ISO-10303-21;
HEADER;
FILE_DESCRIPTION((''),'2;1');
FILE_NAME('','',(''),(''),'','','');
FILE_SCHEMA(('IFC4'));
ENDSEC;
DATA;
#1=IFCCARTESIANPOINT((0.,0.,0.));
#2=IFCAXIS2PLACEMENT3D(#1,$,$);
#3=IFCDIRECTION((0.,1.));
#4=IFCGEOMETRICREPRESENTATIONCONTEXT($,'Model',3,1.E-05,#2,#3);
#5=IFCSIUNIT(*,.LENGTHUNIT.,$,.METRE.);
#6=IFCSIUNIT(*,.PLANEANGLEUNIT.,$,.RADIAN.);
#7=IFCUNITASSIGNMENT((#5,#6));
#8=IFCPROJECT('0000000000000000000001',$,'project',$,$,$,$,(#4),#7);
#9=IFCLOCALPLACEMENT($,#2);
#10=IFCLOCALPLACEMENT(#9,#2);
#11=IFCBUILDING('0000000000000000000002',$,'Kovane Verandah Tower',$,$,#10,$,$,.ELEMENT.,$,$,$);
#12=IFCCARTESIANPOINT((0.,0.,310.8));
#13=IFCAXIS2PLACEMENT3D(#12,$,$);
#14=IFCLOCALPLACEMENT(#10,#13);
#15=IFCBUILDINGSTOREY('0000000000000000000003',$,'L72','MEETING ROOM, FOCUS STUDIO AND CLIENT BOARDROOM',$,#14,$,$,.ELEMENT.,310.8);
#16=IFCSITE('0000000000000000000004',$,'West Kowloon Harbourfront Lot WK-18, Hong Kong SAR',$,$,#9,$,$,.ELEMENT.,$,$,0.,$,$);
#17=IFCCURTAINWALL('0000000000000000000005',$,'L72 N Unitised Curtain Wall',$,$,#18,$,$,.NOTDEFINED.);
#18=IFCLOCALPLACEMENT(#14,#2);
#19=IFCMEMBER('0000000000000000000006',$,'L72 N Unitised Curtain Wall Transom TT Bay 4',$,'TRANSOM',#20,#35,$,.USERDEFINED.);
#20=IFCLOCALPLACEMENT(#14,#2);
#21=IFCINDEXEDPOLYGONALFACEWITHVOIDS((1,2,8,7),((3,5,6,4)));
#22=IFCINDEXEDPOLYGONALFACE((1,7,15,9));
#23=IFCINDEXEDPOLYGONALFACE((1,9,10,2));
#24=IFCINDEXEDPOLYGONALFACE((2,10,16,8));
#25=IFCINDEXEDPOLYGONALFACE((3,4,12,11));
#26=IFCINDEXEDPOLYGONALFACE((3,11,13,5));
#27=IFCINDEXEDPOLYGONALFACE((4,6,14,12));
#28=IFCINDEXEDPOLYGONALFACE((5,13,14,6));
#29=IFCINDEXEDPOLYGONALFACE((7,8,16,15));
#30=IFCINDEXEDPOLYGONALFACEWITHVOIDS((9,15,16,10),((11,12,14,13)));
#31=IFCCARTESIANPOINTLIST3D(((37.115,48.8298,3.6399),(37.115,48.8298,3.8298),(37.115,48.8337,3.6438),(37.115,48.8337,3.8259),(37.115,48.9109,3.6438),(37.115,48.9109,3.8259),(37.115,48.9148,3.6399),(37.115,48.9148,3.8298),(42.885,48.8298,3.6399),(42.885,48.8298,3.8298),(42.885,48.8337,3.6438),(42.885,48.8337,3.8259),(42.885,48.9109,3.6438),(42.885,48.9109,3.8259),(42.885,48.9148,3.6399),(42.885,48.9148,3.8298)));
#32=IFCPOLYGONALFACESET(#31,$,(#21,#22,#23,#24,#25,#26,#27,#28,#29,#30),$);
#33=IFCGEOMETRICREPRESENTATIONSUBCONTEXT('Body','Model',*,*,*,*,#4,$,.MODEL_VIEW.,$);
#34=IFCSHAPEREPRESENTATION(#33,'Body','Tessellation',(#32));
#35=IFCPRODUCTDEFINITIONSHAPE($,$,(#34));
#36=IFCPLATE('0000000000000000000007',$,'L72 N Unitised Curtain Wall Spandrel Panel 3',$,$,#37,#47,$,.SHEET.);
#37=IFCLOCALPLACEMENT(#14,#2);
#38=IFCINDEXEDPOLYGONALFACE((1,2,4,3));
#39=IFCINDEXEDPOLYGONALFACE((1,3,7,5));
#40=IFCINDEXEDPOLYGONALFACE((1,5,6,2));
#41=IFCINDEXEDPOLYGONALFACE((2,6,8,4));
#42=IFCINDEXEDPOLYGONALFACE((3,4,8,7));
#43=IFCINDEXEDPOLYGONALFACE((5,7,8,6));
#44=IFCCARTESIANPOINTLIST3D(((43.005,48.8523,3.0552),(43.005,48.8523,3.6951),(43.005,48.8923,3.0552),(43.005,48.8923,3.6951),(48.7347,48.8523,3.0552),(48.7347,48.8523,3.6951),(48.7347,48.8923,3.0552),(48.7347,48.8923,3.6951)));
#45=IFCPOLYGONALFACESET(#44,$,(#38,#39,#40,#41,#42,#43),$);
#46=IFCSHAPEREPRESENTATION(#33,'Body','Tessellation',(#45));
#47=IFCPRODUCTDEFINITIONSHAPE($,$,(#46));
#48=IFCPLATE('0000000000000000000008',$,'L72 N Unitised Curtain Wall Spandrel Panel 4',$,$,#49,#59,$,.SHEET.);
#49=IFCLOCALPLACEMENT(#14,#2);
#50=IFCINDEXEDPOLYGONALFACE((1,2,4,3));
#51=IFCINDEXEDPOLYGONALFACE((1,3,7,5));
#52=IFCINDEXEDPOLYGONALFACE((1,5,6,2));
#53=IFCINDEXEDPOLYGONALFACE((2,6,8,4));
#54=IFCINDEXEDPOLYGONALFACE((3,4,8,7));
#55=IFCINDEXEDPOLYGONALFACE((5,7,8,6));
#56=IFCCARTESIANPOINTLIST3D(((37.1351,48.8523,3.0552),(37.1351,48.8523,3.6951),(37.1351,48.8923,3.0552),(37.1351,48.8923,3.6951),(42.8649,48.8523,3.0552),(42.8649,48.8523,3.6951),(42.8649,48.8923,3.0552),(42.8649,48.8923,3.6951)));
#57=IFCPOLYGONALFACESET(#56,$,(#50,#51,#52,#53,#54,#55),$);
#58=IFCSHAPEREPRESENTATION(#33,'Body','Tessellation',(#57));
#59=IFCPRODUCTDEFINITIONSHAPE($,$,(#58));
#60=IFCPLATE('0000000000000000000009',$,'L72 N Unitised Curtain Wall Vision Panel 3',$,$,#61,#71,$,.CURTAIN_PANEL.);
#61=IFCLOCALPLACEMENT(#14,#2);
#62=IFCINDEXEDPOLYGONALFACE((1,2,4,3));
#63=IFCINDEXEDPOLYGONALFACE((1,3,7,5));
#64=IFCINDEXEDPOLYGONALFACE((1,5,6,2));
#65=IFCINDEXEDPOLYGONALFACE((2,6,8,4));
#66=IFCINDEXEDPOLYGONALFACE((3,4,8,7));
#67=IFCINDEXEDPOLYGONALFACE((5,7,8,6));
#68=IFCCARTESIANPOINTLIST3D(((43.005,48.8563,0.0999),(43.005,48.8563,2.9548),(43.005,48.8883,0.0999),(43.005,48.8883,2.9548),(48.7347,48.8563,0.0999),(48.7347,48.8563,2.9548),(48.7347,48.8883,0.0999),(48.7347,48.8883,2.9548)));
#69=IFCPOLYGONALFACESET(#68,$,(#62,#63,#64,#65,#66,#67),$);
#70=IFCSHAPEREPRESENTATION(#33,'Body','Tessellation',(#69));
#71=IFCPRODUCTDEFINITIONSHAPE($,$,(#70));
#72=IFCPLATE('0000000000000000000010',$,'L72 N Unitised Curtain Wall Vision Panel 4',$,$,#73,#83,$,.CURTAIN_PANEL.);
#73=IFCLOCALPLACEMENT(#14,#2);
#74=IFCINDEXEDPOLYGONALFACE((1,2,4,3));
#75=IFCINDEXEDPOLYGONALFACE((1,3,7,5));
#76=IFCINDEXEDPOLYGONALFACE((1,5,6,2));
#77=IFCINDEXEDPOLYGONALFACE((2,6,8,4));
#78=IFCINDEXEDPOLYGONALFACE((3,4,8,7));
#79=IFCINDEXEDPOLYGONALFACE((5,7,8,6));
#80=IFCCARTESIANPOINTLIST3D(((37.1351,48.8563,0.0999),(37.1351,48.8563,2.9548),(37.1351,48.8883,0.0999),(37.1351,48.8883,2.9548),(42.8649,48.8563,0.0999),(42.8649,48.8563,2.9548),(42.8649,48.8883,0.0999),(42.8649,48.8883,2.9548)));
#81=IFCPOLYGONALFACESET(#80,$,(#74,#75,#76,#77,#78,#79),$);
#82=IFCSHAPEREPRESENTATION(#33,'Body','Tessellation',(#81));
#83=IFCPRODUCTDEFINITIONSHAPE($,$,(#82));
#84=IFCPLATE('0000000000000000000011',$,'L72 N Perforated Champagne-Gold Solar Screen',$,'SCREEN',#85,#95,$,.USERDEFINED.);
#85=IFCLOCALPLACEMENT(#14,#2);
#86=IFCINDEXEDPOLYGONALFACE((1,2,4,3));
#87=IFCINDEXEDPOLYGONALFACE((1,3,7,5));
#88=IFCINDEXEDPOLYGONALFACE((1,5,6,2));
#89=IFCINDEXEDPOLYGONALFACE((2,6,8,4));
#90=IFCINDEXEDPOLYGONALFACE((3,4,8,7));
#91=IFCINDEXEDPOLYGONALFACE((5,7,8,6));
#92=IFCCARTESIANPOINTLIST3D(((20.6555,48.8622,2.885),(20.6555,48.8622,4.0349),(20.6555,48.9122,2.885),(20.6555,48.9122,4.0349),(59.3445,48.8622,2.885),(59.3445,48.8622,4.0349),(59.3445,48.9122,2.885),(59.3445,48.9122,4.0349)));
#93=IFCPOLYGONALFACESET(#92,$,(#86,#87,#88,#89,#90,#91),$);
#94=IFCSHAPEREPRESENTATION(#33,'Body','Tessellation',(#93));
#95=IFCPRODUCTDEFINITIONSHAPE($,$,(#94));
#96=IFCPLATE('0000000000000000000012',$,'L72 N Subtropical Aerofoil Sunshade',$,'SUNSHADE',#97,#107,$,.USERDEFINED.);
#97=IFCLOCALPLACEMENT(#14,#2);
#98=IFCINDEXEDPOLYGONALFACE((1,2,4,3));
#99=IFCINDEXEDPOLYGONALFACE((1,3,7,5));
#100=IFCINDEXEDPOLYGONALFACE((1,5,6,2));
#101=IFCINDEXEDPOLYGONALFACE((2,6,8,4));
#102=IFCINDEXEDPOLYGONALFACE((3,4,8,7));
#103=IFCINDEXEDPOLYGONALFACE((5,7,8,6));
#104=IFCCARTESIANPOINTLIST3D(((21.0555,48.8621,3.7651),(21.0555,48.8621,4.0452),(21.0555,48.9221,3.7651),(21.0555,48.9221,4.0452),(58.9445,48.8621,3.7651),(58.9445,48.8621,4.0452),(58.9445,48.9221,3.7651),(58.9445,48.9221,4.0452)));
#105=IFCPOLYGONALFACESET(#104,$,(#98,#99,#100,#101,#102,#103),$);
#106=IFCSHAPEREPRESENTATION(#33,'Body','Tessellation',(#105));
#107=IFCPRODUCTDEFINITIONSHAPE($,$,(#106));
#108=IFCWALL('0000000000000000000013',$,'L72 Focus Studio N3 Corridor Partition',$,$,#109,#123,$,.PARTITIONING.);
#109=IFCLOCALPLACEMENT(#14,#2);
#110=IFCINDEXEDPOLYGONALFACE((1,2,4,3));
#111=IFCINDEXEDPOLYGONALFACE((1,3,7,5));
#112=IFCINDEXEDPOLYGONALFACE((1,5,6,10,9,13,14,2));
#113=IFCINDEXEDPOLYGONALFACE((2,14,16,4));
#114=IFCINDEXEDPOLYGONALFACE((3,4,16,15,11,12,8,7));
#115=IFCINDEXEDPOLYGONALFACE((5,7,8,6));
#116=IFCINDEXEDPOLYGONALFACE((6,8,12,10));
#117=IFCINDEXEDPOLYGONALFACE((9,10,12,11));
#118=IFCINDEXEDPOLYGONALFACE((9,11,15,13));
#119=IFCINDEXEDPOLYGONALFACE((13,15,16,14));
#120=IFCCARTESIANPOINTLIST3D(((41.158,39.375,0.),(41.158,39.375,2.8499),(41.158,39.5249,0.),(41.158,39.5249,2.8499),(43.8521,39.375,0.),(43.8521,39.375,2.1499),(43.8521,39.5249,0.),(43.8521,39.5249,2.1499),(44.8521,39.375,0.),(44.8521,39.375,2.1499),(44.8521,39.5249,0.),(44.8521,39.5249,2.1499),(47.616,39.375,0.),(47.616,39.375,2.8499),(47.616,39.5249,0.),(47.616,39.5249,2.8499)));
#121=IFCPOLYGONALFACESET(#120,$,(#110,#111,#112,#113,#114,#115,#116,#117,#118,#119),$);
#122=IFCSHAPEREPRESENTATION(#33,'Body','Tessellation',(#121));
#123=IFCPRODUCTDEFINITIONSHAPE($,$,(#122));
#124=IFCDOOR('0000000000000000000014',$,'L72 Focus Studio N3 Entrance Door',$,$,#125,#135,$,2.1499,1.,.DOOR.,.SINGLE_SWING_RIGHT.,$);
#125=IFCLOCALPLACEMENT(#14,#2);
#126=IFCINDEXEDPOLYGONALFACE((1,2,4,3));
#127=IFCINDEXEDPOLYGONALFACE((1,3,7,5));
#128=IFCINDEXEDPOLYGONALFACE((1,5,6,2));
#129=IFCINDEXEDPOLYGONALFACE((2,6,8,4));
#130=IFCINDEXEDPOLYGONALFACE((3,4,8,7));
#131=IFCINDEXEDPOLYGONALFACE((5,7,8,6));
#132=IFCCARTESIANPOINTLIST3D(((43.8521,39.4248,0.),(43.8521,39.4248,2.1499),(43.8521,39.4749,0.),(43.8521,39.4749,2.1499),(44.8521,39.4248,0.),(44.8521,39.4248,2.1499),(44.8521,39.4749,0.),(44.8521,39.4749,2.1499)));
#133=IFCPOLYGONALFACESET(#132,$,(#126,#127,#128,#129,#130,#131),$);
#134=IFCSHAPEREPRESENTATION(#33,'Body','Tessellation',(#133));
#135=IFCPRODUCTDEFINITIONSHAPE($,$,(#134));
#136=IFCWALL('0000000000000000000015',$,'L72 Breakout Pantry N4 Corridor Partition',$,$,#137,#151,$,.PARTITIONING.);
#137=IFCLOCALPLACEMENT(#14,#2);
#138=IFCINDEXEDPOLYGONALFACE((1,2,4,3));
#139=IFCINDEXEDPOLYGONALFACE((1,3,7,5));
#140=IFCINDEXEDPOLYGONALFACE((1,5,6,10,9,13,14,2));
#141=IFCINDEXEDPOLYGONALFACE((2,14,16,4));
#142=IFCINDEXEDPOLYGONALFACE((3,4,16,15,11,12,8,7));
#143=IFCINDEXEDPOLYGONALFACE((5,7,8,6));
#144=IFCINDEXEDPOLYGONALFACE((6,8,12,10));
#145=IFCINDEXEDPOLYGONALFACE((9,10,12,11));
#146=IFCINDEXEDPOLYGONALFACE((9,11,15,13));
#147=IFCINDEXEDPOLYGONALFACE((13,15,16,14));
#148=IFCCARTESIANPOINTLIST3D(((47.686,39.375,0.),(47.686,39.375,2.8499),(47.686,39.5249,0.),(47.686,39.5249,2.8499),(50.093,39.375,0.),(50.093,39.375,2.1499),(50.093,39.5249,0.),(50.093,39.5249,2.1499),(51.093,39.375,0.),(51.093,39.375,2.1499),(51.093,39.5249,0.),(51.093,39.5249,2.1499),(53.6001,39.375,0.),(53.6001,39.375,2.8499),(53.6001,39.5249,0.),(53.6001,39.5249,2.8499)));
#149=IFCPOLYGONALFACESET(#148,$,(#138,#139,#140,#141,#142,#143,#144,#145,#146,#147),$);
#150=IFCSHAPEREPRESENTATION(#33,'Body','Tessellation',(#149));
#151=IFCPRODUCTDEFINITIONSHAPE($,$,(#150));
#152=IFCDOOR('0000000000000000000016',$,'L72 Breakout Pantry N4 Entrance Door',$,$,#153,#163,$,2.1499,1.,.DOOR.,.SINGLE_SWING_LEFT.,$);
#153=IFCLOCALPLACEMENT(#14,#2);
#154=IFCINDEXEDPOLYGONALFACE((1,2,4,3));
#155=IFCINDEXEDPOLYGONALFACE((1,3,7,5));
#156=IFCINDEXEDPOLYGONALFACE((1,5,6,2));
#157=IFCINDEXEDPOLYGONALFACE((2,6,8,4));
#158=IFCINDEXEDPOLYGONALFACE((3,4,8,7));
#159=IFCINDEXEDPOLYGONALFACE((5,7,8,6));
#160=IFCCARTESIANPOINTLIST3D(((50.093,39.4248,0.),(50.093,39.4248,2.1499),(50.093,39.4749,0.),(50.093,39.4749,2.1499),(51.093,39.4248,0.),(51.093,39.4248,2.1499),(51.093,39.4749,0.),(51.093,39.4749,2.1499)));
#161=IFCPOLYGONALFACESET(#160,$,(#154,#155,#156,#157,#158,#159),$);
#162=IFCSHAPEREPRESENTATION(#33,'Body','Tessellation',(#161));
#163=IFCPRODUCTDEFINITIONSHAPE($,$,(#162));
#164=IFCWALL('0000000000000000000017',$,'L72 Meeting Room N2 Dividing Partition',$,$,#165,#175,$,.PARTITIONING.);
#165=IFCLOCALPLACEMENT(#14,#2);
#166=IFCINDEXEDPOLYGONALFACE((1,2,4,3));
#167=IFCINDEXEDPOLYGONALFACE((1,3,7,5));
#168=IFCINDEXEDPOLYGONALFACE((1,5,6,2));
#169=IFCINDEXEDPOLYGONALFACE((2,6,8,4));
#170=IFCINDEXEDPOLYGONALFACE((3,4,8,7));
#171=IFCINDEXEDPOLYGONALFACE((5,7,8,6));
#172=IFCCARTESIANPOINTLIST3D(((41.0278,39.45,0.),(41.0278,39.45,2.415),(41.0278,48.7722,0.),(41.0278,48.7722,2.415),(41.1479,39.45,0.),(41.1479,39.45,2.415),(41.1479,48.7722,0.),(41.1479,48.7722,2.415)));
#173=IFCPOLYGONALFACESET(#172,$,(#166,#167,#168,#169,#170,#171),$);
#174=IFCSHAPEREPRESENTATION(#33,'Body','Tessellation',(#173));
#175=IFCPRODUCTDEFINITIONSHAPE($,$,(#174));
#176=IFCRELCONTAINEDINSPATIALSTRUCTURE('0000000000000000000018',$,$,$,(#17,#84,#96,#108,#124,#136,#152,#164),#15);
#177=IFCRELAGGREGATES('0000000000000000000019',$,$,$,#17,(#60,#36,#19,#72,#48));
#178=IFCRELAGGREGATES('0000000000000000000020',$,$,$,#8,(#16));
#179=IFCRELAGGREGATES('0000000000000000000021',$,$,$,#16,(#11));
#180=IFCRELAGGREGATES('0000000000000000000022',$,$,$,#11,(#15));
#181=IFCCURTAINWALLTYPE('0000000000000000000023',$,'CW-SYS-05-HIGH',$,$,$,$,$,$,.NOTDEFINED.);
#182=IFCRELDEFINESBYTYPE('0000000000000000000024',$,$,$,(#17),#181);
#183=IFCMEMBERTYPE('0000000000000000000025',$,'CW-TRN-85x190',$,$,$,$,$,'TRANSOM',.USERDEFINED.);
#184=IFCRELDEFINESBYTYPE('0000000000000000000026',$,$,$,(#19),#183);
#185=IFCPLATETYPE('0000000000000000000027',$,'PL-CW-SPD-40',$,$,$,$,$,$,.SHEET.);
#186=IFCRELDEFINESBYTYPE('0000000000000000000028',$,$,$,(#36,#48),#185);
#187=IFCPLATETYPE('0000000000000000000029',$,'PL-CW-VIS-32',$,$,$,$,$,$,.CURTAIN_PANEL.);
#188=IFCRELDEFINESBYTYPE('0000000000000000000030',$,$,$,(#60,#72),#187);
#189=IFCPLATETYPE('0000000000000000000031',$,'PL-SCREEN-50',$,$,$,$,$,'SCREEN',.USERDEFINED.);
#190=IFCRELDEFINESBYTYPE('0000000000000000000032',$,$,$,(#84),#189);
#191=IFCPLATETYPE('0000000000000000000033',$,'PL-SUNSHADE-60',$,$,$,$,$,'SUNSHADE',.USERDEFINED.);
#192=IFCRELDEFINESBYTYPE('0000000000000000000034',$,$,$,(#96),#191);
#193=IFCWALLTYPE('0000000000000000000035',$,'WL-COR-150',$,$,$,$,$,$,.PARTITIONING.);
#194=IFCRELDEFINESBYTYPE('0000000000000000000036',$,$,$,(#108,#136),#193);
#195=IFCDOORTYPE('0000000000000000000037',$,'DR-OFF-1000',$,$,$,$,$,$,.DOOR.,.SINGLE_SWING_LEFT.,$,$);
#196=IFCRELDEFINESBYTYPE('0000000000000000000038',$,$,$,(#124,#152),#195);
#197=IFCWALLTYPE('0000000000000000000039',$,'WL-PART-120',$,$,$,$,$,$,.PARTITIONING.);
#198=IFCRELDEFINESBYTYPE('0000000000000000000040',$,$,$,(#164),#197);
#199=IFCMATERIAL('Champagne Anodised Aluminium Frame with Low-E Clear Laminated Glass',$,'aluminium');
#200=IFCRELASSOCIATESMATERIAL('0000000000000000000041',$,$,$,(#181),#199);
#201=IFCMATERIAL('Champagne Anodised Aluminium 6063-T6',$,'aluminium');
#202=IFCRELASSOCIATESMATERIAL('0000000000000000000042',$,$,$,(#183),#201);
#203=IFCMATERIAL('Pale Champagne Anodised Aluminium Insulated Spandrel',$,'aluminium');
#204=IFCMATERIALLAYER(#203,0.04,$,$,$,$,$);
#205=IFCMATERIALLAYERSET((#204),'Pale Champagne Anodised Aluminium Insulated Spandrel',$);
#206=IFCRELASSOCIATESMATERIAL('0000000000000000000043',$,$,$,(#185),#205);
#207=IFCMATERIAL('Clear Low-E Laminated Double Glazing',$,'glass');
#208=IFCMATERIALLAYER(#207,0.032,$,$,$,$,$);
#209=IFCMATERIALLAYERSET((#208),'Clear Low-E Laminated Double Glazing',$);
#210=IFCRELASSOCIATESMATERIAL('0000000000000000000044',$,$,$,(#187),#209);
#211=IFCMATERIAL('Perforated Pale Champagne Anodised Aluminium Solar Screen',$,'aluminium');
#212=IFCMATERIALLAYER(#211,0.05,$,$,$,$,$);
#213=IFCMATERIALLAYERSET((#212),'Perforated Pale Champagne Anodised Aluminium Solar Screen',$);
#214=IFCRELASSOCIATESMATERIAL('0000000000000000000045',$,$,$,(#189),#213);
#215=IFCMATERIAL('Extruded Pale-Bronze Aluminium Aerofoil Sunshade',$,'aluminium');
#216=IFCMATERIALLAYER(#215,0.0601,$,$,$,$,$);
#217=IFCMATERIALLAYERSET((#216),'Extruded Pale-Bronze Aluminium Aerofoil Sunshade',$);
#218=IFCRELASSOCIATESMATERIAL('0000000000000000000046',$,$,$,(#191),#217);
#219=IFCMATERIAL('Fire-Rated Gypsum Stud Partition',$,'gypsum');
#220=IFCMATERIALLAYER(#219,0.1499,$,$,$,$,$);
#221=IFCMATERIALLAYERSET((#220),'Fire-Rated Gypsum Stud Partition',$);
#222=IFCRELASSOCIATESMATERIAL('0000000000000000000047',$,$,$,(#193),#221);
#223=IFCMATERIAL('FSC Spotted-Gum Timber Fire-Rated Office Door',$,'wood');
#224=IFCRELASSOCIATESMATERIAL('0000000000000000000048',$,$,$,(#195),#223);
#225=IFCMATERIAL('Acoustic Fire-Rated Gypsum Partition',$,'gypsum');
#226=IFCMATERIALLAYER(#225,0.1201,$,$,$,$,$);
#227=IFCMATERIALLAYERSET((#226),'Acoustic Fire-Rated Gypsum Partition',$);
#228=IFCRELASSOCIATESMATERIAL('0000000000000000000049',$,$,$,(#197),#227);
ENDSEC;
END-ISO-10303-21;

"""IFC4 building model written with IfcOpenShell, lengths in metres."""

from ifc_helpers import new_model, si_unit, direction, frame, frame_2d, origin, origin_2d, place, context, subcontext, project, spatial, rectangle, hollow_rectangle, extrude, material, layer, layer_set, material_profile, profile_set, type_object, element, fill, aggregate, save


model = new_model("IFC4")

# Units and contexts
model_context = context("Model", 3, precision=1e-05, world=origin(), true_north=direction((0.0, 1.0)))
body_context = subcontext(model_context, "Body", "Model", "MODEL_VIEW")
ifc_project = project(units=[si_unit("LENGTHUNIT", "METRE"), si_unit("PLANEANGLEUNIT", "RADIAN")], contexts=[model_context])

# Site, building, storey
site_placement = place(None, origin())
site = spatial("IfcSite", under=ifc_project, at=site_placement, Name="West Kowloon Harbourfront Lot WK-18, Hong Kong SAR", CompositionType="ELEMENT", RefElevation=0.0)
building_placement = place(site_placement, origin())
building = spatial("IfcBuilding", under=site, at=building_placement, Name="Kovane Verandah Tower", CompositionType="ELEMENT")
storey_placement = place(building_placement, frame((0.0, 0.0, 310.8)))
storey = spatial("IfcBuildingStorey", under=building, at=storey_placement, Name="L72", Description="MEETING ROOM, FOCUS STUDIO AND CLIENT BOARDROOM", CompositionType="ELEMENT", Elevation=310.8)

# Curtain wall, member, plates
ifc_material_1 = material(Name="Champagne Anodised Aluminium Frame with Low-E Clear Laminated Glass", Category="aluminium")
curtain_wall_type = type_object("IfcCurtainWallType", Name="CW-SYS-05-HIGH", PredefinedType="NOTDEFINED", material=ifc_material_1)
curtain_wall_placement = place(storey_placement, origin())
curtain_wall = element("IfcCurtainWall", 1, at=curtain_wall_placement, inside=storey, type_object=curtain_wall_type, Name="L72 N Unitised Curtain Wall", PredefinedType="NOTDEFINED")
ifc_material_2 = material(Name="Champagne Anodised Aluminium 6063-T6", Category="aluminium")
ifc_material_profile_1 = material_profile(ifc_material_2, hollow_rectangle(XDim=0.085, YDim=0.1899, WallThickness=0.0039, at=origin_2d()), Name="AL85x190x4")
ifc_profile_set_1 = profile_set([ifc_material_profile_1], Name="Champagne Anodised Aluminium 6063-T6")
member_type_1 = type_object("IfcMemberType", Name="CW-TRN-85x190", ElementType="TRANSOM", PredefinedType="USERDEFINED", material=ifc_profile_set_1)
member_1_placement = place(storey_placement, frame((42.885, 48.8723, 3.7349), z_axis=(-1.0, 0.0, 0.0), x_axis=(0.0, -1.0, 0.0)))
member_1 = element("IfcMember", 2, at=member_1_placement, type_object=member_type_1, Name="L72 N Unitised Curtain Wall Transom TT Bay 4", ObjectType="TRANSOM", PredefinedType="USERDEFINED", context=body_context, shape_type="SweptSolid", body=[
    extrude(hollow_rectangle(XDim=0.085, YDim=0.1899, WallThickness=0.0039, at=origin_2d()), origin(), (0.0, 0.0, 1.0), 5.77),
])
ifc_material_3 = material(Name="Pale Champagne Anodised Aluminium Insulated Spandrel", Category="aluminium")
ifc_layer_1 = layer(ifc_material_3, 0.04)
ifc_layer_set_1 = layer_set([ifc_layer_1], Name="Pale Champagne Anodised Aluminium Insulated Spandrel")
plate_type_1 = type_object("IfcPlateType", Name="PL-CW-SPD-40", PredefinedType="SHEET", material=ifc_layer_set_1)
plate_1_placement = place(storey_placement, frame((45.8699, 48.8723, 3.0552), z_axis=(0.0, 0.0, 1.0), x_axis=(-1.0, 0.0, 0.0)))
plate_1 = element("IfcPlate", 3, at=plate_1_placement, type_object=plate_type_1, Name="L72 N Unitised Curtain Wall Spandrel Panel 3", PredefinedType="SHEET", context=body_context, shape_type="SweptSolid", body=[
    extrude(rectangle(XDim=5.7297, YDim=0.04, at=origin_2d()), origin(), (0.0, 0.0, 1.0), 0.6399),
])
plate_2_placement = place(storey_placement, frame((40.0, 48.8723, 3.0552), z_axis=(0.0, 0.0, 1.0), x_axis=(-1.0, 0.0, 0.0)))
plate_2 = element("IfcPlate", 4, at=plate_2_placement, type_object=plate_type_1, Name="L72 N Unitised Curtain Wall Spandrel Panel 4", PredefinedType="SHEET", context=body_context, shape_type="SweptSolid", body=[
    extrude(rectangle(XDim=5.7297, YDim=0.04, at=origin_2d()), origin(), (0.0, 0.0, 1.0), 0.6399),
])
ifc_material_4 = material(Name="Clear Low-E Laminated Double Glazing", Category="glass")
ifc_layer_2 = layer(ifc_material_4, 0.032)
ifc_layer_set_2 = layer_set([ifc_layer_2], Name="Clear Low-E Laminated Double Glazing")
plate_type_2 = type_object("IfcPlateType", Name="PL-CW-VIS-32", PredefinedType="CURTAIN_PANEL", material=ifc_layer_set_2)
plate_3_placement = place(storey_placement, frame((45.8699, 48.8723, 0.0999), z_axis=(0.0, 0.0, 1.0), x_axis=(-1.0, 0.0, 0.0)))
plate_3 = element("IfcPlate", 5, at=plate_3_placement, type_object=plate_type_2, Name="L72 N Unitised Curtain Wall Vision Panel 3", PredefinedType="CURTAIN_PANEL", context=body_context, shape_type="SweptSolid", body=[
    extrude(rectangle(XDim=5.7297, YDim=0.032, at=origin_2d()), origin(), (0.0, 0.0, 1.0), 2.855),
])
plate_4_placement = place(storey_placement, frame((40.0, 48.8723, 0.0999), z_axis=(0.0, 0.0, 1.0), x_axis=(-1.0, 0.0, 0.0)))
plate_4 = element("IfcPlate", 6, at=plate_4_placement, type_object=plate_type_2, Name="L72 N Unitised Curtain Wall Vision Panel 4", PredefinedType="CURTAIN_PANEL", context=body_context, shape_type="SweptSolid", body=[
    extrude(rectangle(XDim=5.7297, YDim=0.032, at=origin_2d()), origin(), (0.0, 0.0, 1.0), 2.855),
])
aggregate(curtain_wall, [plate_3, plate_1, member_1, plate_4, plate_2])

# Plates
ifc_material_5 = material(Name="Perforated Pale Champagne Anodised Aluminium Solar Screen", Category="aluminium")
ifc_layer_3 = layer(ifc_material_5, 0.05)
ifc_layer_set_3 = layer_set([ifc_layer_3], Name="Perforated Pale Champagne Anodised Aluminium Solar Screen")
plate_type_3 = type_object("IfcPlateType", Name="PL-SCREEN-50", ElementType="SCREEN", PredefinedType="USERDEFINED", material=ifc_layer_set_3)
plate_5_placement = place(storey_placement, frame((40.0, 48.8872, 2.885), z_axis=(0.0, 0.0, 1.0), x_axis=(-1.0, 0.0, 0.0)))
element("IfcPlate", 7, at=plate_5_placement, inside=storey, type_object=plate_type_3, Name="L72 N Perforated Champagne-Gold Solar Screen", ObjectType="SCREEN", PredefinedType="USERDEFINED", context=body_context, shape_type="SweptSolid", body=[
    extrude(rectangle(XDim=38.689, YDim=0.05, at=origin_2d()), origin(), (0.0, 0.0, 1.0), 1.1499),
])
ifc_material_6 = material(Name="Extruded Pale-Bronze Aluminium Aerofoil Sunshade", Category="aluminium")
ifc_layer_4 = layer(ifc_material_6, 0.0601)
ifc_layer_set_4 = layer_set([ifc_layer_4], Name="Extruded Pale-Bronze Aluminium Aerofoil Sunshade")
plate_type_4 = type_object("IfcPlateType", Name="PL-SUNSHADE-60", ElementType="SUNSHADE", PredefinedType="USERDEFINED", material=ifc_layer_set_4)
plate_6_placement = place(storey_placement, frame((40.0, 48.8921, 3.7651), z_axis=(0.0, 0.0, 1.0), x_axis=(-1.0, 0.0, 0.0)))
element("IfcPlate", 8, at=plate_6_placement, inside=storey, type_object=plate_type_4, Name="L72 N Subtropical Aerofoil Sunshade", ObjectType="SUNSHADE", PredefinedType="USERDEFINED", context=body_context, shape_type="SweptSolid", body=[
    extrude(rectangle(XDim=37.8889, YDim=0.0601, at=origin_2d()), origin(), (0.0, 0.0, 1.0), 0.28),
])

# Walls, openings, doors
ifc_material_7 = material(Name="Fire-Rated Gypsum Stud Partition", Category="gypsum")
ifc_layer_5 = layer(ifc_material_7, 0.1499)
ifc_layer_set_5 = layer_set([ifc_layer_5], Name="Fire-Rated Gypsum Stud Partition")
wall_type_1 = type_object("IfcWallType", Name="WL-COR-150", PredefinedType="PARTITIONING", material=ifc_layer_set_5)
wall_1_placement = place(storey_placement, frame((41.158, 39.45, 0.0), z_axis=(0.0, 0.0, 1.0), x_axis=(1.0, 0.0, 0.0)))
wall_1 = element("IfcWall", 9, at=wall_1_placement, inside=storey, type_object=wall_type_1, Name="L72 Focus Studio N3 Corridor Partition", PredefinedType="PARTITIONING", context=body_context, shape_type="SweptSolid", body=[
    extrude(rectangle(XDim=6.458, YDim=0.1499, at=frame_2d((3.229, 0.0))), origin(), (0.0, 0.0, 1.0), 2.8499),
])
opening_1_placement = place(wall_1_placement, frame((2.6941, 0.0, 0.0)))
opening_1 = element("IfcOpeningElement", 10, at=opening_1_placement, cuts=wall_1, PredefinedType="OPENING", context=body_context, shape_type="SweptSolid", body=[
    extrude(rectangle(XDim=1.0, YDim=2.1499, at=frame_2d((0.5, 1.075))), frame((0.0, 0.075, 0.0), z_axis=(0.0, -1.0, 0.0), x_axis=(1.0, 0.0, 0.0)), (0.0, 0.0, 1.0), 0.1499),
])
ifc_material_8 = material(Name="FSC Spotted-Gum Timber Fire-Rated Office Door", Category="wood")
door_type = type_object("IfcDoorType", Name="DR-OFF-1000", OperationType="SINGLE_SWING_LEFT", PredefinedType="DOOR", material=ifc_material_8)
door_1_placement = place(opening_1_placement, origin())
door_1 = element("IfcDoor", 11, at=door_1_placement, inside=storey, type_object=door_type, Name="L72 Focus Studio N3 Entrance Door", OperationType="SINGLE_SWING_RIGHT", OverallHeight=2.1499, OverallWidth=1.0, PredefinedType="DOOR", context=body_context, shape_type="SweptSolid", body=[
    extrude(rectangle(XDim=1.0, YDim=2.1499, at=frame_2d((0.5, 1.075))), frame((0.0, 0.0249, 0.0), z_axis=(0.0, -1.0, 0.0), x_axis=(1.0, 0.0, 0.0)), (0.0, 0.0, 1.0), 0.05),
])
fill(opening_1, door_1)
wall_2_placement = place(storey_placement, frame((47.686, 39.45, 0.0), z_axis=(0.0, 0.0, 1.0), x_axis=(1.0, 0.0, 0.0)))
wall_2 = element("IfcWall", 12, at=wall_2_placement, inside=storey, type_object=wall_type_1, Name="L72 Breakout Pantry N4 Corridor Partition", PredefinedType="PARTITIONING", context=body_context, shape_type="SweptSolid", body=[
    extrude(rectangle(XDim=5.9141, YDim=0.1499, at=frame_2d((2.957, 0.0))), origin(), (0.0, 0.0, 1.0), 2.8499),
])
opening_2_placement = place(wall_2_placement, frame((2.407, 0.0, 0.0)))
opening_2 = element("IfcOpeningElement", 13, at=opening_2_placement, cuts=wall_2, PredefinedType="OPENING", context=body_context, shape_type="SweptSolid", body=[
    extrude(rectangle(XDim=1.0, YDim=2.1499, at=frame_2d((0.5, 1.075))), frame((0.0, 0.075, 0.0), z_axis=(0.0, -1.0, 0.0), x_axis=(1.0, 0.0, 0.0)), (0.0, 0.0, 1.0), 0.1499),
])
door_2_placement = place(opening_2_placement, origin())
door_2 = element("IfcDoor", 14, at=door_2_placement, inside=storey, type_object=door_type, Name="L72 Breakout Pantry N4 Entrance Door", OperationType="SINGLE_SWING_LEFT", OverallHeight=2.1499, OverallWidth=1.0, PredefinedType="DOOR", context=body_context, shape_type="SweptSolid", body=[
    extrude(rectangle(XDim=1.0, YDim=2.1499, at=frame_2d((0.5, 1.075))), frame((0.0, 0.0249, 0.0), z_axis=(0.0, -1.0, 0.0), x_axis=(1.0, 0.0, 0.0)), (0.0, 0.0, 1.0), 0.05),
])
fill(opening_2, door_2)

# Wall
ifc_material_9 = material(Name="Acoustic Fire-Rated Gypsum Partition", Category="gypsum")
ifc_layer_6 = layer(ifc_material_9, 0.1201)
ifc_layer_set_6 = layer_set([ifc_layer_6], Name="Acoustic Fire-Rated Gypsum Partition")
wall_type_2 = type_object("IfcWallType", Name="WL-PART-120", PredefinedType="PARTITIONING", material=ifc_layer_set_6)
for number, where, z_axis, x_axis, name in (
    (15, (41.0879, 39.45, 0.0), (0.0, 0.0, 1.0), (0.0, 1.0, 0.0), "L72 Meeting Room N2 Dividing Partition"),
):
    element("IfcWall", number, at=place(storey_placement, frame(where, z_axis=z_axis, x_axis=x_axis)), inside=storey, type_object=wall_type_2, Name=name, PredefinedType="PARTITIONING", context=body_context, shape_type="SweptSolid", body=[
        extrude(rectangle(XDim=9.3223, YDim=0.1201, at=frame_2d((4.6611, 0.0))), origin(), (0.0, 0.0, 1.0), 2.415),
    ])

save(model, "model.ifc")
